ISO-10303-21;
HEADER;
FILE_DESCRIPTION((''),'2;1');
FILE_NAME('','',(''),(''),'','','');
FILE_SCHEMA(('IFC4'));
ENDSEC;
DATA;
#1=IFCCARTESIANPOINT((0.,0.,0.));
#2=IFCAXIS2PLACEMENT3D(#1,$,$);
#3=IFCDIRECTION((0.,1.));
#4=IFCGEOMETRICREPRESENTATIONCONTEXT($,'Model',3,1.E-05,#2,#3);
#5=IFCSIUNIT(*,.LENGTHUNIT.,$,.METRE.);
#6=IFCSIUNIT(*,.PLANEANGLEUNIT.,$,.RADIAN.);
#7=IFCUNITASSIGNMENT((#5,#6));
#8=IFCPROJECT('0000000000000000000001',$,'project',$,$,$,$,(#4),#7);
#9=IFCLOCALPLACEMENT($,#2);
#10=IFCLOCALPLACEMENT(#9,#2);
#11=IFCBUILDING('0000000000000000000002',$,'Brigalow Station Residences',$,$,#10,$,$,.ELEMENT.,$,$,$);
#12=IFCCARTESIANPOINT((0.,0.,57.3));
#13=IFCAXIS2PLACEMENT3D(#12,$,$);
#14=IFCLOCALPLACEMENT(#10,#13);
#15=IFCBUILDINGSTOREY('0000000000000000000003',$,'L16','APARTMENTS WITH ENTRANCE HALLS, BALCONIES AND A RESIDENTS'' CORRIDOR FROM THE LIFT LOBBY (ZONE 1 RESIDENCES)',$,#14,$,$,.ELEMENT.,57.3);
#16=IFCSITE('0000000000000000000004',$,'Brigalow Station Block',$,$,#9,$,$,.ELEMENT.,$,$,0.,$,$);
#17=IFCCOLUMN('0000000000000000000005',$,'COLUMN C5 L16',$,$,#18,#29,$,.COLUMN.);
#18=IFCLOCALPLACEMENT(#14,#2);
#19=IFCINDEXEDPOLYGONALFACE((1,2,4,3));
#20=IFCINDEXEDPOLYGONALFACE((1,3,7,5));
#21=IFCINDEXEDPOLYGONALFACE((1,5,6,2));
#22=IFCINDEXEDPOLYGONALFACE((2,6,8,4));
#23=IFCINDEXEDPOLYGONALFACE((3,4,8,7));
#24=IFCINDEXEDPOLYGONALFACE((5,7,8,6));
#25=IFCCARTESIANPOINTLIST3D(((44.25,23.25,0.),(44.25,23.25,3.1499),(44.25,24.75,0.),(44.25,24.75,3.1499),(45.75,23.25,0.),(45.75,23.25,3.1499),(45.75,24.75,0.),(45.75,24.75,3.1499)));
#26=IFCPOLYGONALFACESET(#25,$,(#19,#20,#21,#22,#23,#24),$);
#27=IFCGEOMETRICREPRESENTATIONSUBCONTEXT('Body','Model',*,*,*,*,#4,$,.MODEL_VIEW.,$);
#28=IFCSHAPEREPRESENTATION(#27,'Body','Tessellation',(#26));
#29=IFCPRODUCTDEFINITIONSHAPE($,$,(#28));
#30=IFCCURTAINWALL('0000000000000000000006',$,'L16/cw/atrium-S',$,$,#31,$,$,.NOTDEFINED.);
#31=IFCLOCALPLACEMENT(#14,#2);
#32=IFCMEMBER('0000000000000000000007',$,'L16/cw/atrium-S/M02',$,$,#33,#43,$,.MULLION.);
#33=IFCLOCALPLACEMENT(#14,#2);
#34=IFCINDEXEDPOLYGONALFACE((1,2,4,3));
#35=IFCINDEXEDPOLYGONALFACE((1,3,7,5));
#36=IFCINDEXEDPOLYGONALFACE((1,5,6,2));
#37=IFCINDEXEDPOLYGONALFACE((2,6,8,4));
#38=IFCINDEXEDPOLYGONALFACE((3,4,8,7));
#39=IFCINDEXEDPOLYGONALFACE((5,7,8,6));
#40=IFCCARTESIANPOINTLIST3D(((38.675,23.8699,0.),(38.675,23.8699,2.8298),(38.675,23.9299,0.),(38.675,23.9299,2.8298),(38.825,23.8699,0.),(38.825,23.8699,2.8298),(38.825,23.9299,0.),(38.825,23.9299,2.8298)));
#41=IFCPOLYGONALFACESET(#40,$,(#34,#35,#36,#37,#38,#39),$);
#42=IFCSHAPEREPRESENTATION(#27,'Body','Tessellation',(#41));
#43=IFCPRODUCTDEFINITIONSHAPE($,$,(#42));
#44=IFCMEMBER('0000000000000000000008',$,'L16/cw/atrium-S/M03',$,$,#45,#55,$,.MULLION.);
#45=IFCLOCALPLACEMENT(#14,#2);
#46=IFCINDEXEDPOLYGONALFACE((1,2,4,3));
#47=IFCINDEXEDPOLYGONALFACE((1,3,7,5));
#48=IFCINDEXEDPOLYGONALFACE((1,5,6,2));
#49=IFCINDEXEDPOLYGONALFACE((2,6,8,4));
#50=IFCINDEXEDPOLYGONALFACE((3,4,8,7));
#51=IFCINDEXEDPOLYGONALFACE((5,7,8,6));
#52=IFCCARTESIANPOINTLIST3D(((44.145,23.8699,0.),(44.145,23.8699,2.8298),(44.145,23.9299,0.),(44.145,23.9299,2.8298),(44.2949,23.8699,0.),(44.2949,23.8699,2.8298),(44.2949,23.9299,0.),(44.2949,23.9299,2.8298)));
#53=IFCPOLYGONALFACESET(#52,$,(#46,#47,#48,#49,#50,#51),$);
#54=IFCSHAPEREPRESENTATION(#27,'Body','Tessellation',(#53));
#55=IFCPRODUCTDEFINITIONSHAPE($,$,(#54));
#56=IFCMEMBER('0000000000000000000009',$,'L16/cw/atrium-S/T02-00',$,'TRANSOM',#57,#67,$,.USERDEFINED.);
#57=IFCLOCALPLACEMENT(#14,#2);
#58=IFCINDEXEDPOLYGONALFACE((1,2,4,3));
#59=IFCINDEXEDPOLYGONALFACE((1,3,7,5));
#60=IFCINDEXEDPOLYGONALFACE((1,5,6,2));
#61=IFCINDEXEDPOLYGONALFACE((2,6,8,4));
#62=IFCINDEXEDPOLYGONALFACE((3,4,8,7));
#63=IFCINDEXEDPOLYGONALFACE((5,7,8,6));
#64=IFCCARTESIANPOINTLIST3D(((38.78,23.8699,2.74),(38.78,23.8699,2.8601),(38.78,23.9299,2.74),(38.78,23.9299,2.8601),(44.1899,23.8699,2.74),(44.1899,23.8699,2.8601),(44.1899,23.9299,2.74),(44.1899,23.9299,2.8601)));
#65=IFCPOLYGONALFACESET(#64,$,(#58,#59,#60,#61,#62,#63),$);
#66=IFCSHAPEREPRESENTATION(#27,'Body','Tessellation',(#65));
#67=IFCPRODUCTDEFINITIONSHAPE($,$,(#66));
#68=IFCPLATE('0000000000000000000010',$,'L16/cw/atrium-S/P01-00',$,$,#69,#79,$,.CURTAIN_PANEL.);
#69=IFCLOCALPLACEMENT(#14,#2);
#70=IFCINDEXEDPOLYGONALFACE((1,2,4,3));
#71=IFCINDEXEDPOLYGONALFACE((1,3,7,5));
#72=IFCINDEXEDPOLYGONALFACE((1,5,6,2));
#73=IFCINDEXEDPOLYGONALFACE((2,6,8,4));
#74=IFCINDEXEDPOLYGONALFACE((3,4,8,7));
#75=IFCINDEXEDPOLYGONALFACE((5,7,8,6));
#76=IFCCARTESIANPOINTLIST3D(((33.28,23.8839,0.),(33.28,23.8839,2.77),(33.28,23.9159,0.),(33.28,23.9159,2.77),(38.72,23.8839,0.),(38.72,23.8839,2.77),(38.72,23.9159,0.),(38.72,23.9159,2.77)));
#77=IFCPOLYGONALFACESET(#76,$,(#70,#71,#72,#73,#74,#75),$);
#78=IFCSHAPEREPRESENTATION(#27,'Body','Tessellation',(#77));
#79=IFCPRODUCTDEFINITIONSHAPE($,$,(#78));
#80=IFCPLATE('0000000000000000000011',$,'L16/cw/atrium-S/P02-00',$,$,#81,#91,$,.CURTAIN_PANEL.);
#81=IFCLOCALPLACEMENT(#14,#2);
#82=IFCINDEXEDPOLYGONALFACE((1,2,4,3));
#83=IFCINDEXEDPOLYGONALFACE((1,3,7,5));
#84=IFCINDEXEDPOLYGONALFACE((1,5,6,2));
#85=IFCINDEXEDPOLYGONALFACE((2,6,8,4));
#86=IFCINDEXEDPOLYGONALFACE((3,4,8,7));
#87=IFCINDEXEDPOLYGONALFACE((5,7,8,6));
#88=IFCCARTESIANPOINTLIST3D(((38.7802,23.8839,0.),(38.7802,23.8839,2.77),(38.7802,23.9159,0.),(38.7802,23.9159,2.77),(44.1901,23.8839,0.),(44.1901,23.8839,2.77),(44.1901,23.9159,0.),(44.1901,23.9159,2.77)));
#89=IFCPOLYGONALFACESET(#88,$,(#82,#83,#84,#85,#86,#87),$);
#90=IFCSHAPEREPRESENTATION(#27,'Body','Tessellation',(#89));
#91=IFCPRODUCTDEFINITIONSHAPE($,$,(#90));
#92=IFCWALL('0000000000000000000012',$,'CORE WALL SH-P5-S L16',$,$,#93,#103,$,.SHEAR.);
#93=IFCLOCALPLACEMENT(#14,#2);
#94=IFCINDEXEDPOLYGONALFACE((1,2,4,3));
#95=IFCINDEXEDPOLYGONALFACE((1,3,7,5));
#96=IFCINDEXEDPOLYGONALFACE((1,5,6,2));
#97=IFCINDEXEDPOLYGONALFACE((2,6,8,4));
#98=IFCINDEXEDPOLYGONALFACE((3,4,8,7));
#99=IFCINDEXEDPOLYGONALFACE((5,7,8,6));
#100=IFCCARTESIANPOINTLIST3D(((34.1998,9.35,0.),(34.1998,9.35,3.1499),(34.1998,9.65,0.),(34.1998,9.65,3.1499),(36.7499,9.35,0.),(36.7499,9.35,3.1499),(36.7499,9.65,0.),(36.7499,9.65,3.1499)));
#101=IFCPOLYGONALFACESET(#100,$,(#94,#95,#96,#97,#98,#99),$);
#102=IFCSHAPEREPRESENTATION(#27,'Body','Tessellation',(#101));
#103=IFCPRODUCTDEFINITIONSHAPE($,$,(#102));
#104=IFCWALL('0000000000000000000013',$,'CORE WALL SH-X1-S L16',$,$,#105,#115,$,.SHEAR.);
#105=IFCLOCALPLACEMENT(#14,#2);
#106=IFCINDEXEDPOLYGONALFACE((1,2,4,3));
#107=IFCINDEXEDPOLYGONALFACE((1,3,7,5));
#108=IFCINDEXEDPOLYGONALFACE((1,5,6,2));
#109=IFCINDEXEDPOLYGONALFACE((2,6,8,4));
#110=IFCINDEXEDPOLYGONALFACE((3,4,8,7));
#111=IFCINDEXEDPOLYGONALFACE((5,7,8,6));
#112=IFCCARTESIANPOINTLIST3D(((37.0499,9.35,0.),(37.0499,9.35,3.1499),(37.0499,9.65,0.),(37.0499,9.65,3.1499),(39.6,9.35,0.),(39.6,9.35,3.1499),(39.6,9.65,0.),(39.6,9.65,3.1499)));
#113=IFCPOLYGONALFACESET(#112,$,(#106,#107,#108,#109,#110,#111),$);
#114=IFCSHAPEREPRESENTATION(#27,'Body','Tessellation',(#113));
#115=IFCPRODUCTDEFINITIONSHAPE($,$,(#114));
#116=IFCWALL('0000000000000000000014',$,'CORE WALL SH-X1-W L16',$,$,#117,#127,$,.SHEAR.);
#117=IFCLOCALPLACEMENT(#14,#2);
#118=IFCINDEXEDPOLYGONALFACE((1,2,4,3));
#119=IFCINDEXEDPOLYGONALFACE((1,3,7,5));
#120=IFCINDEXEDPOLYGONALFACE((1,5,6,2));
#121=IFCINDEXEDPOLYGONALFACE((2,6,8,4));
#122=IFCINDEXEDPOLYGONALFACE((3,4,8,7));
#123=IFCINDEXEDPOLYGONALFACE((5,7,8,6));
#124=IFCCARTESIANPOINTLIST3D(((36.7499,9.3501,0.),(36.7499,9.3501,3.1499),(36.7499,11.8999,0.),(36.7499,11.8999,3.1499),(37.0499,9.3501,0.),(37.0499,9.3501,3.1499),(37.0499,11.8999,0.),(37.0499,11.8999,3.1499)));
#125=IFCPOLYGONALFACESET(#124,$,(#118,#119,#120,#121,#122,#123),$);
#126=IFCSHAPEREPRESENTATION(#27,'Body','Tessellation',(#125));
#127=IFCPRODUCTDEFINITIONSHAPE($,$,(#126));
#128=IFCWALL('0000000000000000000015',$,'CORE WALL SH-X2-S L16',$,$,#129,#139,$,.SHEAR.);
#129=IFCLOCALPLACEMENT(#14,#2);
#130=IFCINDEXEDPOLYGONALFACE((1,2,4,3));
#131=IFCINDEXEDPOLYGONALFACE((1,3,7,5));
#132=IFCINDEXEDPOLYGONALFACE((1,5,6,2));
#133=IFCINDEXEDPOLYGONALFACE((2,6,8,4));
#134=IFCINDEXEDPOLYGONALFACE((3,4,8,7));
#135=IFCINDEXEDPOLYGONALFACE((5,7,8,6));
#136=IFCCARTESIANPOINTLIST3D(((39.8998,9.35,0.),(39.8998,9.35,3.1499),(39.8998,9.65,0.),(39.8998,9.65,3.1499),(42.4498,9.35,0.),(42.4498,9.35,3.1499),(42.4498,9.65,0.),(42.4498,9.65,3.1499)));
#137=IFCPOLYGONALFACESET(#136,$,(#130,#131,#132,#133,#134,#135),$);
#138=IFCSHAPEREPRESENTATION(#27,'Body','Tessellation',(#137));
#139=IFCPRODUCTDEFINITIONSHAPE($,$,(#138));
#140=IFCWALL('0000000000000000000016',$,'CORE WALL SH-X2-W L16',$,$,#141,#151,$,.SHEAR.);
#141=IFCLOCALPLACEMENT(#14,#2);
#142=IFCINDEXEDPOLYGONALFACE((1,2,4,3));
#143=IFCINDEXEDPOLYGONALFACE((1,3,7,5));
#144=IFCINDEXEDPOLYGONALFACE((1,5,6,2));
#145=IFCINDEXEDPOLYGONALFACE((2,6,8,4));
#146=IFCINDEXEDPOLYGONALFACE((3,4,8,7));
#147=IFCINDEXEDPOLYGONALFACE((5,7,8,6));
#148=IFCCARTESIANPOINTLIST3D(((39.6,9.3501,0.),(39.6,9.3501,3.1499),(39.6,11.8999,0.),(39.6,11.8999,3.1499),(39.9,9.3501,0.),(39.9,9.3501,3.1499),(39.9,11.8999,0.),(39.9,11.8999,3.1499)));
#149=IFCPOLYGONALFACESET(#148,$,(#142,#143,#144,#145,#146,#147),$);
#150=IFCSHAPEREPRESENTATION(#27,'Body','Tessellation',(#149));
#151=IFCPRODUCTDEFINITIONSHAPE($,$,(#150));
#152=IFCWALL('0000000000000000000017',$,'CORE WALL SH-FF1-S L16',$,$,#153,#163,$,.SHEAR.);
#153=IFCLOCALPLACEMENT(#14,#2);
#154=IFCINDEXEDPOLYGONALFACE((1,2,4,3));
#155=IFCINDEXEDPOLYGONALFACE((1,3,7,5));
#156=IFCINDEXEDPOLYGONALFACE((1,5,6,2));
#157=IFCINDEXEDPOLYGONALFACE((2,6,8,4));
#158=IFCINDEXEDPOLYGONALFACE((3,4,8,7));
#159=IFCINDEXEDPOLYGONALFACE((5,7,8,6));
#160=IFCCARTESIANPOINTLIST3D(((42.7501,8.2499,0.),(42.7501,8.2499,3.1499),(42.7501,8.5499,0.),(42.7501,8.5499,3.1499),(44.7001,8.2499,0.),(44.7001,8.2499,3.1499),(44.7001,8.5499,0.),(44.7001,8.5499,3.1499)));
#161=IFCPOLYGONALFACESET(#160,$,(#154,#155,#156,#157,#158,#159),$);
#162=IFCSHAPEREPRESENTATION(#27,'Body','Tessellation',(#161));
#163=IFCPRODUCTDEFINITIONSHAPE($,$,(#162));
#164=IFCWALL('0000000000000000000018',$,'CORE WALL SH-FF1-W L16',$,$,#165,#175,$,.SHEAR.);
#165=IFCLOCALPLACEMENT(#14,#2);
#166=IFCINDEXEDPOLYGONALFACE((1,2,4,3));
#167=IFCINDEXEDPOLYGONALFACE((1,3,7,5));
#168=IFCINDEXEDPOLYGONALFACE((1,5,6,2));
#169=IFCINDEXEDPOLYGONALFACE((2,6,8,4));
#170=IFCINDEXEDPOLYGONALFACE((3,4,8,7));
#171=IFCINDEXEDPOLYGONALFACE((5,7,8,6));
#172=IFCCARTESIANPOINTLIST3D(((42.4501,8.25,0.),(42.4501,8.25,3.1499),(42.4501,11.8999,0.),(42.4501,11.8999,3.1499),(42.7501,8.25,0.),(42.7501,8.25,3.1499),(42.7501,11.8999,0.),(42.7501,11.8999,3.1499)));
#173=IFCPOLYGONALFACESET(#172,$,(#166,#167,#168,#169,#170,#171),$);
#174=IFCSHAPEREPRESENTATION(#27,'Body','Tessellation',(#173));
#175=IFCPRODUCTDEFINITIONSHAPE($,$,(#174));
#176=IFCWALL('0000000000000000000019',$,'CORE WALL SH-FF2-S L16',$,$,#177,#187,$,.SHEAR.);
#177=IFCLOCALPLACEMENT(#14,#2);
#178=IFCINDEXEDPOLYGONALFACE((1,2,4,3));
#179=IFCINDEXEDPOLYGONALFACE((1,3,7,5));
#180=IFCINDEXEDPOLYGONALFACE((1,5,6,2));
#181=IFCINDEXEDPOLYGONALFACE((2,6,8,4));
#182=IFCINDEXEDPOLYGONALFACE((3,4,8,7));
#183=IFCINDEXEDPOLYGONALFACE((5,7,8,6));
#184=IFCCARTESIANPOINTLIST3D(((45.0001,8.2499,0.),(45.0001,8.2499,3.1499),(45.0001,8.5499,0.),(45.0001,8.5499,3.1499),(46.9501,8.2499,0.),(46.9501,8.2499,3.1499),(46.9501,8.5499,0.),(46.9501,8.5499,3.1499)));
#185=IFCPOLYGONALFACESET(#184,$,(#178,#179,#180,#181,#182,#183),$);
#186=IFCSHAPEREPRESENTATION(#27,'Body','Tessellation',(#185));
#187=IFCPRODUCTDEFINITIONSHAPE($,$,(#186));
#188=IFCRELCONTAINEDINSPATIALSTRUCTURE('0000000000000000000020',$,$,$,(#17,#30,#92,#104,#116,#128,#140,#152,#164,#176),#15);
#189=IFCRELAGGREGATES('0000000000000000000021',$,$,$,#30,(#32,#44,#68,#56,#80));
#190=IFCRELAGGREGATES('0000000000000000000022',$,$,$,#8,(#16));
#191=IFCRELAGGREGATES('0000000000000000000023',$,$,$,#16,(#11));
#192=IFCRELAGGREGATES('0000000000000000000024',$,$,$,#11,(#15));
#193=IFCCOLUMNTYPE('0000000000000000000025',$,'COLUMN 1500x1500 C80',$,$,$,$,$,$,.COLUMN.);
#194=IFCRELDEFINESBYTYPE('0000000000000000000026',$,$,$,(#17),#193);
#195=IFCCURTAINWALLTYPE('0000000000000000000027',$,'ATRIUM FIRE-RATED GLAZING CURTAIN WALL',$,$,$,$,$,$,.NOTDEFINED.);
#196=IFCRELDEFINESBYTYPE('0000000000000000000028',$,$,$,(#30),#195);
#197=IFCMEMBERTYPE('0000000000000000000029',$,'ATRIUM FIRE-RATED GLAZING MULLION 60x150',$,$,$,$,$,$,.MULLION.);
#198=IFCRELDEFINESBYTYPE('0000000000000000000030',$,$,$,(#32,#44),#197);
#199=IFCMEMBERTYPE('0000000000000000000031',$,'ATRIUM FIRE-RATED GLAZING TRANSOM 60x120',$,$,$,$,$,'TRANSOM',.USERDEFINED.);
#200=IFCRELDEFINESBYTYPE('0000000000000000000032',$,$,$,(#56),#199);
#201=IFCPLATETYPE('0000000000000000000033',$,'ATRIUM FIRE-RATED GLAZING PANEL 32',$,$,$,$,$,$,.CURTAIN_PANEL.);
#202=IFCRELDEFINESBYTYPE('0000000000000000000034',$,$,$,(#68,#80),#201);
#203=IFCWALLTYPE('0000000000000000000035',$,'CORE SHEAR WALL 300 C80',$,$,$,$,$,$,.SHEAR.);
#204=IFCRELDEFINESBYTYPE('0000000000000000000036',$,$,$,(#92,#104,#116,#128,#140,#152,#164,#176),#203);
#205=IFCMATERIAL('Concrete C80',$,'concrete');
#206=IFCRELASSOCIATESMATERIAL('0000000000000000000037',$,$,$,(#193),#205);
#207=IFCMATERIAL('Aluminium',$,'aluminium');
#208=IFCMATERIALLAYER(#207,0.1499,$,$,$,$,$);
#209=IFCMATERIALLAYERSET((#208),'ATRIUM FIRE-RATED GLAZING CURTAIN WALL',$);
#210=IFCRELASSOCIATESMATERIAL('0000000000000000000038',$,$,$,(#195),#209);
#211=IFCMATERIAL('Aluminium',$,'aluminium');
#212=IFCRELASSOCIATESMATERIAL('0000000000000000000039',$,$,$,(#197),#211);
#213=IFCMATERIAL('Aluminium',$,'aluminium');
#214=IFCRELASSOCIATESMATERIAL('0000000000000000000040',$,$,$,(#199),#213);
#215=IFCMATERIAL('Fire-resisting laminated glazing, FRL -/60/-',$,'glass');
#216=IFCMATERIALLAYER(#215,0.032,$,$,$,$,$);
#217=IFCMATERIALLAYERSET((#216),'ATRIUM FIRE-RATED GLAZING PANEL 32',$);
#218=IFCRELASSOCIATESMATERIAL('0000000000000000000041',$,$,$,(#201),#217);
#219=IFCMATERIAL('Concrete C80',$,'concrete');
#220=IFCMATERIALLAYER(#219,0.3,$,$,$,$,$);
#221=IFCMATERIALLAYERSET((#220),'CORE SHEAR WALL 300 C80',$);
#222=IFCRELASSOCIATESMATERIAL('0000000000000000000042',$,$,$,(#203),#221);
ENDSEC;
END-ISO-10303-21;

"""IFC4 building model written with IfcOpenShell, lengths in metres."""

from ifc_helpers import new_model, si_unit, direction, frame, frame_2d, origin, origin_2d, place, context, subcontext, project, spatial, rectangle, extrude, material, layer, layer_set, material_profile, profile_set, type_object, element, aggregate, save


model = new_model("IFC4")

# Units and contexts
model_context = context("Model", 3, precision=1e-05, world=origin(), true_north=direction((0.0, 1.0)))
body_context = subcontext(model_context, "Body", "Model", "MODEL_VIEW")
ifc_project = project(units=[si_unit("LENGTHUNIT", "METRE"), si_unit("PLANEANGLEUNIT", "RADIAN")], contexts=[model_context])

# Site, building, storey
site_placement = place(None, origin())
site = spatial("IfcSite", under=ifc_project, at=site_placement, Name="Brigalow Station Block", CompositionType="ELEMENT", RefElevation=0.0)
building_placement = place(site_placement, origin())
building = spatial("IfcBuilding", under=site, at=building_placement, Name="Brigalow Station Residences", CompositionType="ELEMENT")
storey_placement = place(building_placement, frame((0.0, 0.0, 57.3)))
storey = spatial("IfcBuildingStorey", under=building, at=storey_placement, Name="L16", Description="APARTMENTS WITH ENTRANCE HALLS, BALCONIES AND A RESIDENTS' CORRIDOR FROM THE LIFT LOBBY (ZONE 1 RESIDENCES)", CompositionType="ELEMENT", Elevation=57.3)

# Column
ifc_material_1 = material(Name="Concrete C80", Category="concrete")
ifc_material_profile_1 = material_profile(ifc_material_1, rectangle(XDim=1.5, YDim=1.5, at=origin_2d()), Name="RC1500x1500")
ifc_profile_set_1 = profile_set([ifc_material_profile_1], Name="Concrete C80")
column_type = type_object("IfcColumnType", Name="COLUMN 1500x1500 C80", PredefinedType="COLUMN", material=ifc_profile_set_1)
column_placement = place(storey_placement, frame((45.0, 24.0, 0.0), z_axis=(0.0, 0.0, 1.0), x_axis=(1.0, 0.0, 0.0)))
element("IfcColumn", 1, at=column_placement, inside=storey, type_object=column_type, Name="COLUMN C5 L16", PredefinedType="COLUMN", context=body_context, shape_type="SweptSolid", body=[
    extrude(rectangle(XDim=1.5, YDim=1.5, at=origin_2d()), origin(), (0.0, 0.0, 1.0), 3.1499),
])

# Curtain wall, members, plates
ifc_material_2 = material(Name="Aluminium", Category="aluminium")
ifc_layer_1 = layer(ifc_material_2, 0.1499)
ifc_layer_set_1 = layer_set([ifc_layer_1], Name="ATRIUM FIRE-RATED GLAZING CURTAIN WALL")
curtain_wall_type = type_object("IfcCurtainWallType", Name="ATRIUM FIRE-RATED GLAZING CURTAIN WALL", PredefinedType="NOTDEFINED", material=ifc_layer_set_1)
curtain_wall_placement = place(storey_placement, origin())
curtain_wall = element("IfcCurtainWall", 2, at=curtain_wall_placement, inside=storey, type_object=curtain_wall_type, Name="L16/cw/atrium-S", PredefinedType="NOTDEFINED")
ifc_material_3 = material(Name="Aluminium", Category="aluminium")
ifc_material_profile_2 = material_profile(ifc_material_3, rectangle(XDim=0.0601, YDim=0.1499, at=origin_2d()), Name="ATRIUM FIRE-RATED GLAZING MULLION 60x150")
ifc_profile_set_2 = profile_set([ifc_material_profile_2], Name="Aluminium")
member_type_1 = type_object("IfcMemberType", Name="ATRIUM FIRE-RATED GLAZING MULLION 60x150", PredefinedType="MULLION", material=ifc_profile_set_2)
member_1_placement = place(storey_placement, frame((38.75, 23.8999, 0.0), z_axis=(0.0, 0.0, 1.0), x_axis=(0.0, 1.0, 0.0)))
member_1 = element("IfcMember", 3, at=member_1_placement, type_object=member_type_1, Name="L16/cw/atrium-S/M02", PredefinedType="MULLION", context=body_context, shape_type="SweptSolid", body=[
    extrude(rectangle(XDim=0.0601, YDim=0.1499, at=origin_2d()), origin(), (0.0, 0.0, 1.0), 2.8298),
])
member_2_placement = place(storey_placement, frame((44.22, 23.8999, 0.0), z_axis=(0.0, 0.0, 1.0), x_axis=(0.0, 1.0, 0.0)))
member_2 = element("IfcMember", 4, at=member_2_placement, type_object=member_type_1, Name="L16/cw/atrium-S/M03", PredefinedType="MULLION", context=body_context, shape_type="SweptSolid", body=[
    extrude(rectangle(XDim=0.0601, YDim=0.1499, at=origin_2d()), origin(), (0.0, 0.0, 1.0), 2.8298),
])
ifc_material_4 = material(Name="Aluminium", Category="aluminium")
ifc_material_profile_3 = material_profile(ifc_material_4, rectangle(XDim=0.0601, YDim=0.1201, at=origin_2d()), Name="ATRIUM FIRE-RATED GLAZING TRANSOM 60x120")
ifc_profile_set_3 = profile_set([ifc_material_profile_3], Name="Aluminium")
member_type_2 = type_object("IfcMemberType", Name="ATRIUM FIRE-RATED GLAZING TRANSOM 60x120", ElementType="TRANSOM", PredefinedType="USERDEFINED", material=ifc_profile_set_3)
member_3_placement = place(storey_placement, frame((38.78, 23.8999, 2.8), z_axis=(1.0, 0.0, 0.0), x_axis=(0.0, 1.0, 0.0)))
member_3 = element("IfcMember", 5, at=member_3_placement, type_object=member_type_2, Name="L16/cw/atrium-S/T02-00", ObjectType="TRANSOM", PredefinedType="USERDEFINED", context=body_context, shape_type="SweptSolid", body=[
    extrude(rectangle(XDim=0.0601, YDim=0.1201, at=origin_2d()), origin(), (0.0, 0.0, 1.0), 5.4099),
])
ifc_material_5 = material(Name="Fire-resisting laminated glazing, FRL -/60/-", Category="glass")
ifc_layer_2 = layer(ifc_material_5, 0.032)
ifc_layer_set_2 = layer_set([ifc_layer_2], Name="ATRIUM FIRE-RATED GLAZING PANEL 32")
plate_type = type_object("IfcPlateType", Name="ATRIUM FIRE-RATED GLAZING PANEL 32", PredefinedType="CURTAIN_PANEL", material=ifc_layer_set_2)
plate_1_placement = place(storey_placement, frame((36.0, 23.8999, 0.0), z_axis=(0.0, 0.0, 1.0), x_axis=(1.0, 0.0, 0.0)))
plate_1 = element("IfcPlate", 6, at=plate_1_placement, type_object=plate_type, Name="L16/cw/atrium-S/P01-00", PredefinedType="CURTAIN_PANEL", context=body_context, shape_type="SweptSolid", body=[
    extrude(rectangle(XDim=5.4399, YDim=0.032, at=origin_2d()), origin(), (0.0, 0.0, 1.0), 2.77),
])
plate_2_placement = place(storey_placement, frame((41.4851, 23.8999, 0.0), z_axis=(0.0, 0.0, 1.0), x_axis=(1.0, 0.0, 0.0)))
plate_2 = element("IfcPlate", 7, at=plate_2_placement, type_object=plate_type, Name="L16/cw/atrium-S/P02-00", PredefinedType="CURTAIN_PANEL", context=body_context, shape_type="SweptSolid", body=[
    extrude(rectangle(XDim=5.4099, YDim=0.032, at=origin_2d()), origin(), (0.0, 0.0, 1.0), 2.77),
])
aggregate(curtain_wall, [member_1, member_2, plate_1, member_3, plate_2])

# Walls
ifc_material_6 = material(Name="Concrete C80", Category="concrete")
ifc_layer_3 = layer(ifc_material_6, 0.3)
ifc_layer_set_3 = layer_set([ifc_layer_3], Name="CORE SHEAR WALL 300 C80")
wall_type_1 = type_object("IfcWallType", Name="CORE SHEAR WALL 300 C80", PredefinedType="SHEAR", material=ifc_layer_set_3)
for number, where, z_axis, x_axis, name in (
    (8, (34.2, 9.5, 0.0), (0.0, 0.0, 1.0), (1.0, 0.0, 0.0), "CORE WALL SH-P5-S L16"),
    (9, (37.05, 9.5, 0.0), (0.0, 0.0, 1.0), (1.0, 0.0, 0.0), "CORE WALL SH-X1-S L16"),
):
    element("IfcWall", number, at=place(storey_placement, frame(where, z_axis=z_axis, x_axis=x_axis)), inside=storey, type_object=wall_type_1, Name=name, PredefinedType="SHEAR", context=body_context, shape_type="SweptSolid", body=[
        extrude(rectangle(XDim=2.55, YDim=0.3, at=frame_2d((1.2749, 0.0))), origin(), (0.0, 0.0, 1.0), 3.1499),
    ])
wall_1_placement = place(storey_placement, frame((36.8999, 9.3501, 0.0), z_axis=(0.0, 0.0, 1.0), x_axis=(0.0, 1.0, 0.0)))
element("IfcWall", 10, at=wall_1_placement, inside=storey, type_object=wall_type_1, Name="CORE WALL SH-X1-W L16", PredefinedType="SHEAR", context=body_context, shape_type="SweptSolid", body=[
    extrude(rectangle(XDim=2.5498, YDim=0.3, at=frame_2d((1.2749, 0.0))), origin(), (0.0, 0.0, 1.0), 3.1499),
])
wall_2_placement = place(storey_placement, frame((39.8999, 9.5, 0.0), z_axis=(0.0, 0.0, 1.0), x_axis=(1.0, 0.0, 0.0)))
element("IfcWall", 11, at=wall_2_placement, inside=storey, type_object=wall_type_1, Name="CORE WALL SH-X2-S L16", PredefinedType="SHEAR", context=body_context, shape_type="SweptSolid", body=[
    extrude(rectangle(XDim=2.55, YDim=0.3, at=frame_2d((1.2749, 0.0))), origin(), (0.0, 0.0, 1.0), 3.1499),
])
wall_3_placement = place(storey_placement, frame((39.75, 9.3501, 0.0), z_axis=(0.0, 0.0, 1.0), x_axis=(0.0, 1.0, 0.0)))
element("IfcWall", 12, at=wall_3_placement, inside=storey, type_object=wall_type_1, Name="CORE WALL SH-X2-W L16", PredefinedType="SHEAR", context=body_context, shape_type="SweptSolid", body=[
    extrude(rectangle(XDim=2.5498, YDim=0.3, at=frame_2d((1.2749, 0.0))), origin(), (0.0, 0.0, 1.0), 3.1499),
])
wall_4_placement = place(storey_placement, frame((42.75, 8.3999, 0.0), z_axis=(0.0, 0.0, 1.0), x_axis=(1.0, 0.0, 0.0)))
element("IfcWall", 13, at=wall_4_placement, inside=storey, type_object=wall_type_1, Name="CORE WALL SH-FF1-S L16", PredefinedType="SHEAR", context=body_context, shape_type="SweptSolid", body=[
    extrude(rectangle(XDim=1.95, YDim=0.3, at=frame_2d((0.9751, 0.0))), origin(), (0.0, 0.0, 1.0), 3.1499),
])
wall_5_placement = place(storey_placement, frame((42.6001, 8.25, 0.0), z_axis=(0.0, 0.0, 1.0), x_axis=(0.0, 1.0, 0.0)))
element("IfcWall", 14, at=wall_5_placement, inside=storey, type_object=wall_type_1, Name="CORE WALL SH-FF1-W L16", PredefinedType="SHEAR", context=body_context, shape_type="SweptSolid", body=[
    extrude(rectangle(XDim=3.6499, YDim=0.3, at=frame_2d((1.825, 0.0))), origin(), (0.0, 0.0, 1.0), 3.1499),
])
wall_6_placement = place(storey_placement, frame((45.0, 8.3999, 0.0), z_axis=(0.0, 0.0, 1.0), x_axis=(1.0, 0.0, 0.0)))
element("IfcWall", 15, at=wall_6_placement, inside=storey, type_object=wall_type_1, Name="CORE WALL SH-FF2-S L16", PredefinedType="SHEAR", context=body_context, shape_type="SweptSolid", body=[
    extrude(rectangle(XDim=1.95, YDim=0.3, at=frame_2d((0.9751, 0.0))), origin(), (0.0, 0.0, 1.0), 3.1499),
])

save(model, "model.ifc")
